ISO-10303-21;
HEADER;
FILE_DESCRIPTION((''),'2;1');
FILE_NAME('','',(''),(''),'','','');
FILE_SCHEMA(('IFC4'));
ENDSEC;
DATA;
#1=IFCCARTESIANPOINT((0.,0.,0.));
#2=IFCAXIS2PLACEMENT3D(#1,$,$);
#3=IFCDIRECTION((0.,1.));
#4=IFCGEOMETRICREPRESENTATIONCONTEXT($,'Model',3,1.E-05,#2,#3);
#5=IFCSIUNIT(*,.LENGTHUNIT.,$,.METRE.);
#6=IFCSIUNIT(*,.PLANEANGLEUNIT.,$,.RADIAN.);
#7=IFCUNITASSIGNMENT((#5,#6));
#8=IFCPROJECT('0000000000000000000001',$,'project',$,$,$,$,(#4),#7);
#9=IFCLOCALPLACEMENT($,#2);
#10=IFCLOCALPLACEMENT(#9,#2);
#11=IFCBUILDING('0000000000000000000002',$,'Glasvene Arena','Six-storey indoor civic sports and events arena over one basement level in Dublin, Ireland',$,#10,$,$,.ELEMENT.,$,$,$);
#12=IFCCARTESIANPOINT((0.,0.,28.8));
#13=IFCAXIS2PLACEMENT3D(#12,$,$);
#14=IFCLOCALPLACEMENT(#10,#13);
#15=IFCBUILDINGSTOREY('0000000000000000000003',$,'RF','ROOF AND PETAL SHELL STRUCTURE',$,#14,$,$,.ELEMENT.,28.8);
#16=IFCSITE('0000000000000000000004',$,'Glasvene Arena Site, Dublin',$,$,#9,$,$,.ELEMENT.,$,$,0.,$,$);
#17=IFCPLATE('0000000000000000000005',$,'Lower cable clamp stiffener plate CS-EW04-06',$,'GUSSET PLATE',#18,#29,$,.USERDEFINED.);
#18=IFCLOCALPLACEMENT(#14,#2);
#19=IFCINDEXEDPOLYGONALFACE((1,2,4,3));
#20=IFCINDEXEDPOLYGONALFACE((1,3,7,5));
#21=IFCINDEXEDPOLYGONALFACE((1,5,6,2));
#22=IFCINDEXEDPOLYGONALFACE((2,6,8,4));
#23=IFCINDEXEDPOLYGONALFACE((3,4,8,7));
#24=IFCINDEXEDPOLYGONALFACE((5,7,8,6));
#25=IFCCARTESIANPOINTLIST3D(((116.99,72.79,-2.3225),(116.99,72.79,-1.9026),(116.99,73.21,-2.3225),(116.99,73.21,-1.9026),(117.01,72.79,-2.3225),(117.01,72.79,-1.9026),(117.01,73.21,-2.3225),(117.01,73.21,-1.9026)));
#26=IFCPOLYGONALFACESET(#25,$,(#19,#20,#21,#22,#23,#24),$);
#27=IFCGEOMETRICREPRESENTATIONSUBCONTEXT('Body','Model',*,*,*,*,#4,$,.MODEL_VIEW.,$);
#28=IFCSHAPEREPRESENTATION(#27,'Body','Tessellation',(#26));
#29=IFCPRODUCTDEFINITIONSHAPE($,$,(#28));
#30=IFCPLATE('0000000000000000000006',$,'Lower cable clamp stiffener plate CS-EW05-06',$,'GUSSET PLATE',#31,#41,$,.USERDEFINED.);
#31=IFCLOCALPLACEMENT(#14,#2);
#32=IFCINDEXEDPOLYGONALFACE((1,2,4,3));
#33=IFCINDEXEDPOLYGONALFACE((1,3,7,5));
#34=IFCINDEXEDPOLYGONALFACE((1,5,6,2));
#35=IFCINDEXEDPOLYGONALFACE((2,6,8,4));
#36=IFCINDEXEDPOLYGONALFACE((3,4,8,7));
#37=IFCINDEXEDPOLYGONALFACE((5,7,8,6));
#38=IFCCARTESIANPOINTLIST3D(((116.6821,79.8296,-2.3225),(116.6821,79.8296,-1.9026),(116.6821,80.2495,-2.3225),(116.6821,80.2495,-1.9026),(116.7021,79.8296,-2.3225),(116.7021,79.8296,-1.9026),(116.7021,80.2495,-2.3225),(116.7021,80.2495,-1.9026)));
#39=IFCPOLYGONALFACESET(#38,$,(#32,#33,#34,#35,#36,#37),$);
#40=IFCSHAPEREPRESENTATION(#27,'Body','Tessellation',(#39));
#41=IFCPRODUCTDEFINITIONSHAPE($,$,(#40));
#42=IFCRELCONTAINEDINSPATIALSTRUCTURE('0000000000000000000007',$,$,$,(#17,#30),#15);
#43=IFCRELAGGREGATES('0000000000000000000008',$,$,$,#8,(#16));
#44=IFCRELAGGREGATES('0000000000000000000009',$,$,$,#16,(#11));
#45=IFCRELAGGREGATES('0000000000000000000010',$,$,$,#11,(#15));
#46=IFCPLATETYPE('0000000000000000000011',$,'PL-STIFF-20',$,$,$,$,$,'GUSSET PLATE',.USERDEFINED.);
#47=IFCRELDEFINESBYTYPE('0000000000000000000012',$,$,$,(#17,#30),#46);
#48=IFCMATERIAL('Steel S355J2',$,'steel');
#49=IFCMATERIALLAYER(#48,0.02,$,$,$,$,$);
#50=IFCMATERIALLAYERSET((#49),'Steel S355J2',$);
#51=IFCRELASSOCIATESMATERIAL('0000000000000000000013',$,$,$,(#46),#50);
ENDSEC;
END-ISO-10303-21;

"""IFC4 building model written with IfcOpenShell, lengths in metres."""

from ifc_helpers import new_model, si_unit, direction, frame, origin, origin_2d, place, context, subcontext, project, spatial, rectangle, extrude, material, layer, layer_set, type_object, element, save


model = new_model("IFC4")

# Units and contexts
model_context = context("Model", 3, precision=1e-05, world=origin(), true_north=direction((0.0, 1.0)))
body_context = subcontext(model_context, "Body", "Model", "MODEL_VIEW")
ifc_project = project(units=[si_unit("LENGTHUNIT", "METRE"), si_unit("PLANEANGLEUNIT", "RADIAN")], contexts=[model_context])

# Site, building, storey
site_placement = place(None, origin())
site = spatial("IfcSite", under=ifc_project, at=site_placement, Name="Glasvene Arena Site, Dublin", CompositionType="ELEMENT", RefElevation=0.0)
building_placement = place(site_placement, origin())
building = spatial("IfcBuilding", under=site, at=building_placement, Name="Glasvene Arena", Description="Six-storey indoor civic sports and events arena over one basement level in Dublin, Ireland", CompositionType="ELEMENT")
storey_placement = place(building_placement, frame((0.0, 0.0, 28.8)))
storey = spatial("IfcBuildingStorey", under=building, at=storey_placement, Name="RF", Description="ROOF AND PETAL SHELL STRUCTURE", CompositionType="ELEMENT", Elevation=28.8)

# Shared definitions
ifc_material_1 = material(Name="Steel S355J2", Category="steel")

# Plates
ifc_layer_1 = layer(ifc_material_1, 0.02)
ifc_layer_set_1 = layer_set([ifc_layer_1], Name="Steel S355J2")
plate_type_1 = type_object("IfcPlateType", Name="PL-STIFF-20", ElementType="GUSSET PLATE", PredefinedType="USERDEFINED", material=ifc_layer_set_1)
for number, where, z_axis, x_axis, name in (
    (1, (117.0, 73.0, -2.3225), (0.0, 0.0, 1.0), (1.0, 0.0, 0.0), "Lower cable clamp stiffener plate CS-EW04-06"),
    (2, (116.6921, 80.0396, -2.3225), (0.0, 0.0, 1.0), (1.0, 0.0, 0.0), "Lower cable clamp stiffener plate CS-EW05-06"),
):
    element("IfcPlate", number, at=place(storey_placement, frame(where, z_axis=z_axis, x_axis=x_axis)), inside=storey, type_object=plate_type_1, Name=name, ObjectType="GUSSET PLATE", PredefinedType="USERDEFINED", context=body_context, shape_type="SweptSolid", body=[
        extrude(rectangle(XDim=0.02, YDim=0.4199, at=origin_2d()), origin(), (0.0, 0.0, 1.0), 0.4199),
    ])

save(model, "model.ifc")
